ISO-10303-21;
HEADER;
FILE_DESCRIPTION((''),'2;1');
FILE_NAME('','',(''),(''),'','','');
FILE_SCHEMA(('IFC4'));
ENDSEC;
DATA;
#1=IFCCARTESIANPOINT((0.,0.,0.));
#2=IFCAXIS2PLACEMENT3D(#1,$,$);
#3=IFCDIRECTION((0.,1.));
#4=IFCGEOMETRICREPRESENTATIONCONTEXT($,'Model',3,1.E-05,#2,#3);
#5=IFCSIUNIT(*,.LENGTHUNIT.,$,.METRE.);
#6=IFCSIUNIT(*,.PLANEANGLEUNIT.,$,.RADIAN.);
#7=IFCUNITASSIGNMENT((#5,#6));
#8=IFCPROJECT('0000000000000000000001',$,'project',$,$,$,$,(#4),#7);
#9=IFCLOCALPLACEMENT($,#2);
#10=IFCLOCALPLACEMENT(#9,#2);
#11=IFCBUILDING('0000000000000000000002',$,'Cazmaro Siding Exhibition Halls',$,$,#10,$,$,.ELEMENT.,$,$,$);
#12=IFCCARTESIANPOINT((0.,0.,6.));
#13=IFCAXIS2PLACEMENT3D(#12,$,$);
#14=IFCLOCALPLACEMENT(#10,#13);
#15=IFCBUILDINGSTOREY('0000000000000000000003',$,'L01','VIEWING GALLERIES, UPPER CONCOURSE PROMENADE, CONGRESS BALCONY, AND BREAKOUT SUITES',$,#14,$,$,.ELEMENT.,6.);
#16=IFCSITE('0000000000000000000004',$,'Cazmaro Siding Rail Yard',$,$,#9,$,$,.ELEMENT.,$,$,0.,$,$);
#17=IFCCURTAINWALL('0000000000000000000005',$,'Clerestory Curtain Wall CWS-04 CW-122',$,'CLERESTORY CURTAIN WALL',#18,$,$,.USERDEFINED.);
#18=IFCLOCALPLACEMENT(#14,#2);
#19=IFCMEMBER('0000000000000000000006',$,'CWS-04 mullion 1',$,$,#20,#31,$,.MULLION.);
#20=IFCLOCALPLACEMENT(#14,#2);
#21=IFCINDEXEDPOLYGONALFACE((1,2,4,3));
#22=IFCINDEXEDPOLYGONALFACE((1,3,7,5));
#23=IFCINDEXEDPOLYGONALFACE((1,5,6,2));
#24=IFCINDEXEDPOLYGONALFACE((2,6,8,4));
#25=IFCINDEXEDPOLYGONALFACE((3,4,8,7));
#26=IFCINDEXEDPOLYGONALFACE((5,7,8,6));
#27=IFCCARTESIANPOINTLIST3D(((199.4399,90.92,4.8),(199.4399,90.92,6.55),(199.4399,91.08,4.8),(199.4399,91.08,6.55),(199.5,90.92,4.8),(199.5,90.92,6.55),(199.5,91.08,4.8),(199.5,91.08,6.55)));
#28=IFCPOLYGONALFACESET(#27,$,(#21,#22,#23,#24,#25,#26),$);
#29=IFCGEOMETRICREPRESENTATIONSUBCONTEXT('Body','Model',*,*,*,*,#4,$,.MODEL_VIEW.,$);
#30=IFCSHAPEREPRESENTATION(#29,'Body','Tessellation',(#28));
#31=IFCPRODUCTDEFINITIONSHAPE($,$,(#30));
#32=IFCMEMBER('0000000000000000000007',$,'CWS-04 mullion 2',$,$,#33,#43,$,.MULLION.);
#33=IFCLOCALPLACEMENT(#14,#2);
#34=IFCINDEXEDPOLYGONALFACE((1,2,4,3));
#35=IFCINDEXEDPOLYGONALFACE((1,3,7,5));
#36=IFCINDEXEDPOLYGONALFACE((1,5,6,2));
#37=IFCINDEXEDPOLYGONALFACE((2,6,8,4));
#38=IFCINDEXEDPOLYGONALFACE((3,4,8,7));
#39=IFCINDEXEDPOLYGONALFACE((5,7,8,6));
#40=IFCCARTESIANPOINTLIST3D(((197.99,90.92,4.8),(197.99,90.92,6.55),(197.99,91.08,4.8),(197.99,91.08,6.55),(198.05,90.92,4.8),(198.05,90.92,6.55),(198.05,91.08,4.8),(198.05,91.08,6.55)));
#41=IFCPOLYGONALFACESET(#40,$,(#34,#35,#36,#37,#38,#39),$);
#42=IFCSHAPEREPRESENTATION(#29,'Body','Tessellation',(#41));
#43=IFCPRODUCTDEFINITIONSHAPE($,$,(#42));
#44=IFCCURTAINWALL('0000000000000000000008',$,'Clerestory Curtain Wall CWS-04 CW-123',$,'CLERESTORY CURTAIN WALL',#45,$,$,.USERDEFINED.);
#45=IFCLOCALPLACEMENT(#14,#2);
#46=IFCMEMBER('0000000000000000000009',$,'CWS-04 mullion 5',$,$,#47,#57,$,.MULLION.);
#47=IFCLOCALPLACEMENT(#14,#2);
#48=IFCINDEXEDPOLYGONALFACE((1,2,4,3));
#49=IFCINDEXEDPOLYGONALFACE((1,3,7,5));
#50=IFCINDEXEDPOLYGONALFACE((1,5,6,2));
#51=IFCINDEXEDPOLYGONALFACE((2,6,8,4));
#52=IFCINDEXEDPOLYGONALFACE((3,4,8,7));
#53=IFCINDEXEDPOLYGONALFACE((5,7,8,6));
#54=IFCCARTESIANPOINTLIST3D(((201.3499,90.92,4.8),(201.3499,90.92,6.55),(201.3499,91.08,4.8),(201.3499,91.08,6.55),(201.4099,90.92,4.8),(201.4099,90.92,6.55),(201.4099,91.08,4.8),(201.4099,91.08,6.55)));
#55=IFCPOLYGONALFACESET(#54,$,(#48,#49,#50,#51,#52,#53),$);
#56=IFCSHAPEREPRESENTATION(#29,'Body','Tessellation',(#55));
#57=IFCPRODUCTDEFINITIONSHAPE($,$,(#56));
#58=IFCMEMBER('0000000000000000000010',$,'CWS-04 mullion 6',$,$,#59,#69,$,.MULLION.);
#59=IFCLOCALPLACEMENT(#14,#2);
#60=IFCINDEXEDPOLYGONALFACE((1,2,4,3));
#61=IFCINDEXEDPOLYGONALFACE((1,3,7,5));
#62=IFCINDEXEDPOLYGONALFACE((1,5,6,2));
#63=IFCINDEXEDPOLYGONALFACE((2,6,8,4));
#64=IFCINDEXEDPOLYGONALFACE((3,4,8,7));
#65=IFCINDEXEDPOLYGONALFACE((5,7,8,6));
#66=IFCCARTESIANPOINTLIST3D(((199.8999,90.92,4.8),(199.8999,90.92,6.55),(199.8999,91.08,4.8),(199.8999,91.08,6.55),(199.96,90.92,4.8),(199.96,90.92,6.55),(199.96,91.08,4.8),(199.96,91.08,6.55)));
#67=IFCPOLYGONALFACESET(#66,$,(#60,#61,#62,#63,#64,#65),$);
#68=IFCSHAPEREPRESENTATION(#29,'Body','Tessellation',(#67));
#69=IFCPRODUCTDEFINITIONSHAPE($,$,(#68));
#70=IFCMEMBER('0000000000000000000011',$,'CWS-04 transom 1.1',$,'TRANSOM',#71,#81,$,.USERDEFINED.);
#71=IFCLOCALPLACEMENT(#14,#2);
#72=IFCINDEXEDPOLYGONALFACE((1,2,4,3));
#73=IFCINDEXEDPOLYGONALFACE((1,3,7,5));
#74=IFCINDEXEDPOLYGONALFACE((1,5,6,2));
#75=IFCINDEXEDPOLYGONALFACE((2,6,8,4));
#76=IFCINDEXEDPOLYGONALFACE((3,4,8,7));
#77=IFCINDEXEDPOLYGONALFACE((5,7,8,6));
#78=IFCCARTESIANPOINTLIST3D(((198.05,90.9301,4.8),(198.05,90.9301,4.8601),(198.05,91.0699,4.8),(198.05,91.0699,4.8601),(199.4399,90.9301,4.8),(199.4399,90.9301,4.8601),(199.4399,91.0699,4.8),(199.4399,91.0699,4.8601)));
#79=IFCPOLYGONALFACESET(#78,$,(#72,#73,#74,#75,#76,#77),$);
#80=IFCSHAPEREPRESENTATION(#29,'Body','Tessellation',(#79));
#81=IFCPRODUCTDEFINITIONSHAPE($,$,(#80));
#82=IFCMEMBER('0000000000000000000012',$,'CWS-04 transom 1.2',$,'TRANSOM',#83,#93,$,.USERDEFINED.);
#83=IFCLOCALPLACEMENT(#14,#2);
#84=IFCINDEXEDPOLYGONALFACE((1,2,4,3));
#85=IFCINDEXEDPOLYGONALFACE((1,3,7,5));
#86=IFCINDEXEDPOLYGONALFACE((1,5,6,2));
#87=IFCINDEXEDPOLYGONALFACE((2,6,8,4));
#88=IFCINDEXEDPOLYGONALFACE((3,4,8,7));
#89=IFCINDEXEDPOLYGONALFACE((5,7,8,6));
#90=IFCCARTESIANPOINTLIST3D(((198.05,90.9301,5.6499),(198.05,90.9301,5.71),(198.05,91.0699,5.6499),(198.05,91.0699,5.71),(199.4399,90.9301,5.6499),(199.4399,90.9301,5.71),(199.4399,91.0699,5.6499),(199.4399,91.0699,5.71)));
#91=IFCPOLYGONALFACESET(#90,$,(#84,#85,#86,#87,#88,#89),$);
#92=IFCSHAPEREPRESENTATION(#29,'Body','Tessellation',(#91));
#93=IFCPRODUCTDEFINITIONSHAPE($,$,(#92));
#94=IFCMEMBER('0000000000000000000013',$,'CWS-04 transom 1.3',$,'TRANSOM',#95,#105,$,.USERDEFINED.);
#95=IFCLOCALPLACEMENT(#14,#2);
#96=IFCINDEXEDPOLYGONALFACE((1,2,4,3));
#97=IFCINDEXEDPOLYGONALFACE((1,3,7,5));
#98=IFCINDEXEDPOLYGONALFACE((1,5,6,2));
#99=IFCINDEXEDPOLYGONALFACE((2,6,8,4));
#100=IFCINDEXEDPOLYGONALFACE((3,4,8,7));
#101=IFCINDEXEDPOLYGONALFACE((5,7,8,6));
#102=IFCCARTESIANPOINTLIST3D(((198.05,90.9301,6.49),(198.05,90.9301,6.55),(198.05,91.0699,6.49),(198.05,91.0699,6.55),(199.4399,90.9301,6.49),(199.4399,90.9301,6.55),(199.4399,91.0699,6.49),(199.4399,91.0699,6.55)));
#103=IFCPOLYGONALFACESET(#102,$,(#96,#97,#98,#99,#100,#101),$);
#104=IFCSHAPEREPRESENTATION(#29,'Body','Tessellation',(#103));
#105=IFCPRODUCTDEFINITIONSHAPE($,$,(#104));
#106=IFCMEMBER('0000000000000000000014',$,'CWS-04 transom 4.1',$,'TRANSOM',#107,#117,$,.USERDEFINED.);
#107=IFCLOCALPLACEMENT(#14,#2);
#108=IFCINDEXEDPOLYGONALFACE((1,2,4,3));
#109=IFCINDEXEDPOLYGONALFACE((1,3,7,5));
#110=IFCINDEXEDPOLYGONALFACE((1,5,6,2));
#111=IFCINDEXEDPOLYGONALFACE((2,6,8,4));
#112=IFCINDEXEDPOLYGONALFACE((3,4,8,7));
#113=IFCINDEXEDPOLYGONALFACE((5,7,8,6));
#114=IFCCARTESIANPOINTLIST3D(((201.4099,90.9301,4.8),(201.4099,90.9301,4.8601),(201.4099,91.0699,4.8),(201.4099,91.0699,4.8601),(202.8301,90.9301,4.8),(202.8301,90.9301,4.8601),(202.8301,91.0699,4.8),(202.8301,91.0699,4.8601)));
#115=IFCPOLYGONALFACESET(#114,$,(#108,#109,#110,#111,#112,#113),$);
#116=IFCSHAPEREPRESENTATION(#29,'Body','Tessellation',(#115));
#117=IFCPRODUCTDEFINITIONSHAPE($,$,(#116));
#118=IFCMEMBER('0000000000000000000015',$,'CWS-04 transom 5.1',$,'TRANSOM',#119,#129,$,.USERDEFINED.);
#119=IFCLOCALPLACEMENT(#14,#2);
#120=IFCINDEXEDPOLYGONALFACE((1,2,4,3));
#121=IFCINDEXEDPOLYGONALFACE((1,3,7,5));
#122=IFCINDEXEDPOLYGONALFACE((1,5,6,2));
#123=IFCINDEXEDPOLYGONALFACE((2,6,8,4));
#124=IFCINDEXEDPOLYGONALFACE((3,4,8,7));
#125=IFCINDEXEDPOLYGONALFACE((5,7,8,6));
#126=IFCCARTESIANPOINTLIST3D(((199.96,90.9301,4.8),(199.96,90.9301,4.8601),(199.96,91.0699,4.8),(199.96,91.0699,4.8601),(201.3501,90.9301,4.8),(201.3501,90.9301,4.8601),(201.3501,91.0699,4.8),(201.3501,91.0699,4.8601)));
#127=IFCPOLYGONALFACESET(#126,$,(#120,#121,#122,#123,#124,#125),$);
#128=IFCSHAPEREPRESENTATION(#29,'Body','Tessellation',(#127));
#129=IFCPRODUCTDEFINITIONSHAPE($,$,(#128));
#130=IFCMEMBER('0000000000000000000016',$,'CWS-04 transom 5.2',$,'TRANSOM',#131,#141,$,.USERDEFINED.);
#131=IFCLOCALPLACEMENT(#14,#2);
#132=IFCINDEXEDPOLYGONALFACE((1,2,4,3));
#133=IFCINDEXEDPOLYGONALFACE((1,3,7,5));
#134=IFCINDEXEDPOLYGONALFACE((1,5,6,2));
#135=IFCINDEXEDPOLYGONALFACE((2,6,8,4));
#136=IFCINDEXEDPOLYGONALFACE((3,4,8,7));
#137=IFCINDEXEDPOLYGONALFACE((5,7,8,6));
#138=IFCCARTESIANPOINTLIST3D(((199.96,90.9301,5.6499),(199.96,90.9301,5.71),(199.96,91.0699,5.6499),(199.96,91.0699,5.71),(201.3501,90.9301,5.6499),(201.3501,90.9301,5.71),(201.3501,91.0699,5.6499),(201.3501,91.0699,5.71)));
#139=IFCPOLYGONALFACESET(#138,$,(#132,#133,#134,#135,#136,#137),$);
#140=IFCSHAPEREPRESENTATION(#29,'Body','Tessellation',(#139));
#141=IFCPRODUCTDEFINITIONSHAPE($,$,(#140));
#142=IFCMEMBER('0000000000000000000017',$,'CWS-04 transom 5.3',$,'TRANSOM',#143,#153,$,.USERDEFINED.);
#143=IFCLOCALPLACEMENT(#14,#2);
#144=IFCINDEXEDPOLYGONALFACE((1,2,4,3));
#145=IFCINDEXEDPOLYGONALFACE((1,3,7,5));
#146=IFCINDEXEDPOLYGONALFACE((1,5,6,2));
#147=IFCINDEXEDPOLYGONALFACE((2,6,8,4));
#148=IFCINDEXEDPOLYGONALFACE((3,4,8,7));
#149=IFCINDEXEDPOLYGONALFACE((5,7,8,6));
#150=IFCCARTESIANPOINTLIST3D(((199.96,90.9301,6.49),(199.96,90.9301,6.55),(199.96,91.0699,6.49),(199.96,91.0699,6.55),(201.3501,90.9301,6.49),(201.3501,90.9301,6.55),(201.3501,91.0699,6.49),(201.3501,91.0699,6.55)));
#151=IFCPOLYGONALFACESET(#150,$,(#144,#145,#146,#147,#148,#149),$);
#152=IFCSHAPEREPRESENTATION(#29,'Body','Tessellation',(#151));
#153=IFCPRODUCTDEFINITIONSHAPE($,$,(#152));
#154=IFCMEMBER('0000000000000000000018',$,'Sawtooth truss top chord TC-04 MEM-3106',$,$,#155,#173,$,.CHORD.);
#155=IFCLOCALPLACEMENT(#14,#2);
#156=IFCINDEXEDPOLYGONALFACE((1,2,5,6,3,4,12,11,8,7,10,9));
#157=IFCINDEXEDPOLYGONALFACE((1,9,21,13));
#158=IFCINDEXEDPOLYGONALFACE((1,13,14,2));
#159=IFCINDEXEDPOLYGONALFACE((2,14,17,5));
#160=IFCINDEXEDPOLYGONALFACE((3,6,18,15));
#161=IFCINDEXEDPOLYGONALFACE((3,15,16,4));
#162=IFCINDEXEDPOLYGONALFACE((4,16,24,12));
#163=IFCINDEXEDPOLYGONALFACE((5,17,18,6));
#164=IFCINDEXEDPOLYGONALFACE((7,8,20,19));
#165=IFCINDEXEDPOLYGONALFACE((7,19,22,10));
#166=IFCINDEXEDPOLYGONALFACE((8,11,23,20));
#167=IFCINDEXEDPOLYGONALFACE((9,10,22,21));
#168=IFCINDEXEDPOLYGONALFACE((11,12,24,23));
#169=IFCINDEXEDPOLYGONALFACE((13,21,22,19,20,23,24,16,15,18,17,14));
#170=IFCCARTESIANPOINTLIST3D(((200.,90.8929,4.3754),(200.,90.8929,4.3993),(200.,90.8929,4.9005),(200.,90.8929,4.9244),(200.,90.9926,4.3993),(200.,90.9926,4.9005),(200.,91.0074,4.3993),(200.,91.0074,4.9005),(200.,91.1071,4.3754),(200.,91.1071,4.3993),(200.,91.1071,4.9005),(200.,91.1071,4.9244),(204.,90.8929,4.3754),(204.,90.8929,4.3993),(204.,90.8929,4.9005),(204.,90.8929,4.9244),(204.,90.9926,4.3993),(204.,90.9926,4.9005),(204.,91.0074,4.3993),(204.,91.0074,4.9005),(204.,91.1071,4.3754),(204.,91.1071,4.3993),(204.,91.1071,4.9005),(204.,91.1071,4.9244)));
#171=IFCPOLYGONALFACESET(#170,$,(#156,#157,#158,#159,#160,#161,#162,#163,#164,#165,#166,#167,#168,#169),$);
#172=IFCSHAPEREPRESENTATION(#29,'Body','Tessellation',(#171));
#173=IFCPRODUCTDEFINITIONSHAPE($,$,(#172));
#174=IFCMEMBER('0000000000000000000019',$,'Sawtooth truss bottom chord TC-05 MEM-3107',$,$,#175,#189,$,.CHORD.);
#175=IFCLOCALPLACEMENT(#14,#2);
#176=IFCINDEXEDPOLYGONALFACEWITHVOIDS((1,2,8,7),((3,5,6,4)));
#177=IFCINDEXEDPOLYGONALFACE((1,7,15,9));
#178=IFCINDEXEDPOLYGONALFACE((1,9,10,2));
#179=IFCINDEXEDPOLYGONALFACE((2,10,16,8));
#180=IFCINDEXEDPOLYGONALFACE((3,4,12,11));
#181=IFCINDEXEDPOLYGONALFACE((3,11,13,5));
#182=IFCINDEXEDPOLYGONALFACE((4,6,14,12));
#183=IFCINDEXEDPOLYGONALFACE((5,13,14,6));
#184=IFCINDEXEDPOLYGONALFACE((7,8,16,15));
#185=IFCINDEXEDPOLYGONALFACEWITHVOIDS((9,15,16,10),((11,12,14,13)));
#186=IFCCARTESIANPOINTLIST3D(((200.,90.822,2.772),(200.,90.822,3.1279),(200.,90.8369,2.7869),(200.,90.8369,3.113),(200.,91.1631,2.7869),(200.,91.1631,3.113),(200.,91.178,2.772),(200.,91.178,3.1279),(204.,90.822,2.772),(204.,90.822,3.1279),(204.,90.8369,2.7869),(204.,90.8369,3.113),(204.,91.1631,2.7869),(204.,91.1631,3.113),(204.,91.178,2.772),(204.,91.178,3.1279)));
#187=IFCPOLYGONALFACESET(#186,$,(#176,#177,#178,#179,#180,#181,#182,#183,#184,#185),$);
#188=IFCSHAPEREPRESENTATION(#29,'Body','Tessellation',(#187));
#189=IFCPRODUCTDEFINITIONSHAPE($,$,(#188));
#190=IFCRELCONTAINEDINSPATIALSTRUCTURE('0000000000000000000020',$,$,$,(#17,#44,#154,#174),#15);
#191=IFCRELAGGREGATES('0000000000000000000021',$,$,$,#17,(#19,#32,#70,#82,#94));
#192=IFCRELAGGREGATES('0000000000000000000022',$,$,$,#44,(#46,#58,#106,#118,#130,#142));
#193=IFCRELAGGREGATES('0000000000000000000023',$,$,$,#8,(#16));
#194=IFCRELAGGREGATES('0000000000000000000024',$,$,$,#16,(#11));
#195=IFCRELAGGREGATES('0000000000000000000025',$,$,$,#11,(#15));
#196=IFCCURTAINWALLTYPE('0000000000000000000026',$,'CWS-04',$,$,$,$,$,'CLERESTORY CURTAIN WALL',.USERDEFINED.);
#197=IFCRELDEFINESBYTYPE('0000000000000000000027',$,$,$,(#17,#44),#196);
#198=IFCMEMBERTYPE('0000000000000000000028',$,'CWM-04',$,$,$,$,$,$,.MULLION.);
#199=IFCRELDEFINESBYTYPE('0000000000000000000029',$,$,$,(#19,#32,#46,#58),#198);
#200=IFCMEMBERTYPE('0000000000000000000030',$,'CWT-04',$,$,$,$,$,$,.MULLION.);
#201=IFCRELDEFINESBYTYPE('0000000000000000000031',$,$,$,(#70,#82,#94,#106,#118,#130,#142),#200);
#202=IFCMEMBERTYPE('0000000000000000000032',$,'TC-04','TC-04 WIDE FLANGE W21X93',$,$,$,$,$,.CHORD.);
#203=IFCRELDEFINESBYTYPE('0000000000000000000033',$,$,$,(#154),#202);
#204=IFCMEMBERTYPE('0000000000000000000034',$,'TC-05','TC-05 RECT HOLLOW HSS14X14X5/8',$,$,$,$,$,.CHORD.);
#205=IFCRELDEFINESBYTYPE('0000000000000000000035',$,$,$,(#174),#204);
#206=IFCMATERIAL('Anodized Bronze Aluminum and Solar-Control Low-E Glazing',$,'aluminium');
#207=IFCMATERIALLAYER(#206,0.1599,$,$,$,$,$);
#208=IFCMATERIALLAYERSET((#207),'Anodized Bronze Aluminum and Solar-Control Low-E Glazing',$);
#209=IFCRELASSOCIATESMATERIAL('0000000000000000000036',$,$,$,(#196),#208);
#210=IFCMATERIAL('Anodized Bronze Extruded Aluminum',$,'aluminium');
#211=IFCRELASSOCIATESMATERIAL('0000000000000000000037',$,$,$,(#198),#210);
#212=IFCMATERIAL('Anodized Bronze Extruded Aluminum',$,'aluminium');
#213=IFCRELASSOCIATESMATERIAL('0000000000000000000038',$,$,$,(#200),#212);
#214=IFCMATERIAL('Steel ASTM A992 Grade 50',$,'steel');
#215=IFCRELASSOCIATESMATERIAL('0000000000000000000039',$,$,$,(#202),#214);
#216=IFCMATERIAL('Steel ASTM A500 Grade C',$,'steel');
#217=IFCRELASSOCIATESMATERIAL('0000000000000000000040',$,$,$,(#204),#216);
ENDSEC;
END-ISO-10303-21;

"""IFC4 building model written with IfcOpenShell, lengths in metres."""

from ifc_helpers import new_model, si_unit, direction, frame, origin, origin_2d, place, context, subcontext, project, spatial, rectangle, hollow_rectangle, i_section, extrude, material, layer, layer_set, material_profile, profile_set, type_object, element, aggregate, save


model = new_model("IFC4")

# Units and contexts
model_context = context("Model", 3, precision=1e-05, world=origin(), true_north=direction((0.0, 1.0)))
body_context = subcontext(model_context, "Body", "Model", "MODEL_VIEW")
ifc_project = project(units=[si_unit("LENGTHUNIT", "METRE"), si_unit("PLANEANGLEUNIT", "RADIAN")], contexts=[model_context])

# Site, building, storey
site_placement = place(None, origin())
site = spatial("IfcSite", under=ifc_project, at=site_placement, Name="Cazmaro Siding Rail Yard", CompositionType="ELEMENT", RefElevation=0.0)
building_placement = place(site_placement, origin())
building = spatial("IfcBuilding", under=site, at=building_placement, Name="Cazmaro Siding Exhibition Halls", CompositionType="ELEMENT")
storey_placement = place(building_placement, frame((0.0, 0.0, 6.0)))
storey = spatial("IfcBuildingStorey", under=building, at=storey_placement, Name="L01", Description="VIEWING GALLERIES, UPPER CONCOURSE PROMENADE, CONGRESS BALCONY, AND BREAKOUT SUITES", CompositionType="ELEMENT", Elevation=6.0)

# Curtain walls, members
ifc_material_1 = material(Name="Anodized Bronze Aluminum and Solar-Control Low-E Glazing", Category="aluminium")
ifc_layer_1 = layer(ifc_material_1, 0.1599)
ifc_layer_set_1 = layer_set([ifc_layer_1], Name="Anodized Bronze Aluminum and Solar-Control Low-E Glazing")
curtain_wall_type = type_object("IfcCurtainWallType", Name="CWS-04", ElementType="CLERESTORY CURTAIN WALL", PredefinedType="USERDEFINED", material=ifc_layer_set_1)
curtain_wall_1_placement = place(storey_placement, origin())
curtain_wall_1 = element("IfcCurtainWall", 1, at=curtain_wall_1_placement, inside=storey, type_object=curtain_wall_type, Name="Clerestory Curtain Wall CWS-04 CW-122", ObjectType="CLERESTORY CURTAIN WALL", PredefinedType="USERDEFINED")
ifc_material_2 = material(Name="Anodized Bronze Extruded Aluminum", Category="aluminium")
ifc_material_profile_1 = material_profile(ifc_material_2, rectangle(XDim=0.1599, YDim=0.0601, at=origin_2d()), Name="CWM-04")
ifc_profile_set_1 = profile_set([ifc_material_profile_1], Name="Anodized Bronze Extruded Aluminum")
member_type_1 = type_object("IfcMemberType", Name="CWM-04", PredefinedType="MULLION", material=ifc_profile_set_1)
member_1_placement = place(storey_placement, frame((199.47, 91.0, 4.8), z_axis=(0.0, 0.0, 1.0), x_axis=(0.0, -1.0, 0.0)))
member_1 = element("IfcMember", 2, at=member_1_placement, type_object=member_type_1, Name="CWS-04 mullion 1", PredefinedType="MULLION", context=body_context, shape_type="SweptSolid", body=[
    extrude(rectangle(XDim=0.1599, YDim=0.0601, at=origin_2d()), origin(), (0.0, 0.0, 1.0), 1.75),
])
member_2_placement = place(storey_placement, frame((198.02, 91.0, 4.8), z_axis=(0.0, 0.0, 1.0), x_axis=(0.0, -1.0, 0.0)))
member_2 = element("IfcMember", 3, at=member_2_placement, type_object=member_type_1, Name="CWS-04 mullion 2", PredefinedType="MULLION", context=body_context, shape_type="SweptSolid", body=[
    extrude(rectangle(XDim=0.1599, YDim=0.0601, at=origin_2d()), origin(), (0.0, 0.0, 1.0), 1.75),
])
curtain_wall_2_placement = place(storey_placement, origin())
curtain_wall_2 = element("IfcCurtainWall", 4, at=curtain_wall_2_placement, inside=storey, type_object=curtain_wall_type, Name="Clerestory Curtain Wall CWS-04 CW-123", ObjectType="CLERESTORY CURTAIN WALL", PredefinedType="USERDEFINED")
member_3_placement = place(storey_placement, frame((201.3799, 91.0, 4.8), z_axis=(0.0, 0.0, 1.0), x_axis=(0.0, -1.0, 0.0)))
member_3 = element("IfcMember", 5, at=member_3_placement, type_object=member_type_1, Name="CWS-04 mullion 5", PredefinedType="MULLION", context=body_context, shape_type="SweptSolid", body=[
    extrude(rectangle(XDim=0.1599, YDim=0.0601, at=origin_2d()), origin(), (0.0, 0.0, 1.0), 1.75),
])
member_4_placement = place(storey_placement, frame((199.9299, 91.0, 4.8), z_axis=(0.0, 0.0, 1.0), x_axis=(0.0, -1.0, 0.0)))
member_4 = element("IfcMember", 6, at=member_4_placement, type_object=member_type_1, Name="CWS-04 mullion 6", PredefinedType="MULLION", context=body_context, shape_type="SweptSolid", body=[
    extrude(rectangle(XDim=0.1599, YDim=0.0601, at=origin_2d()), origin(), (0.0, 0.0, 1.0), 1.75),
])

# Members
ifc_material_3 = material(Name="Anodized Bronze Extruded Aluminum", Category="aluminium")
ifc_material_profile_2 = material_profile(ifc_material_3, rectangle(XDim=0.1399, YDim=0.0601, at=origin_2d()), Name="CWT-04")
ifc_profile_set_2 = profile_set([ifc_material_profile_2], Name="Anodized Bronze Extruded Aluminum")
member_type_2 = type_object("IfcMemberType", Name="CWT-04", PredefinedType="MULLION", material=ifc_profile_set_2)
member_5_placement = place(storey_placement, frame((199.4399, 91.0, 4.8301), z_axis=(-1.0, 0.0, 0.0), x_axis=(0.0, -1.0, 0.0)))
member_5 = element("IfcMember", 7, at=member_5_placement, type_object=member_type_2, Name="CWS-04 transom 1.1", ObjectType="TRANSOM", PredefinedType="USERDEFINED", context=body_context, shape_type="SweptSolid", body=[
    extrude(rectangle(XDim=0.1399, YDim=0.0601, at=origin_2d()), origin(), (0.0, 0.0, 1.0), 1.3899),
])
member_6_placement = place(storey_placement, frame((199.4399, 91.0, 5.6799), z_axis=(-1.0, 0.0, 0.0), x_axis=(0.0, -1.0, 0.0)))
member_6 = element("IfcMember", 8, at=member_6_placement, type_object=member_type_2, Name="CWS-04 transom 1.2", ObjectType="TRANSOM", PredefinedType="USERDEFINED", context=body_context, shape_type="SweptSolid", body=[
    extrude(rectangle(XDim=0.1399, YDim=0.0601, at=origin_2d()), origin(), (0.0, 0.0, 1.0), 1.3899),
])
member_7_placement = place(storey_placement, frame((199.4399, 91.0, 6.52), z_axis=(-1.0, 0.0, 0.0), x_axis=(0.0, -1.0, 0.0)))
member_7 = element("IfcMember", 9, at=member_7_placement, type_object=member_type_2, Name="CWS-04 transom 1.3", ObjectType="TRANSOM", PredefinedType="USERDEFINED", context=body_context, shape_type="SweptSolid", body=[
    extrude(rectangle(XDim=0.1399, YDim=0.0601, at=origin_2d()), origin(), (0.0, 0.0, 1.0), 1.3899),
])
member_8_placement = place(storey_placement, frame((202.8301, 91.0, 4.8301), z_axis=(-1.0, 0.0, 0.0), x_axis=(0.0, -1.0, 0.0)))
member_8 = element("IfcMember", 10, at=member_8_placement, type_object=member_type_2, Name="CWS-04 transom 4.1", ObjectType="TRANSOM", PredefinedType="USERDEFINED", context=body_context, shape_type="SweptSolid", body=[
    extrude(rectangle(XDim=0.1399, YDim=0.0601, at=origin_2d()), origin(), (0.0, 0.0, 1.0), 1.4202),
])
member_9_placement = place(storey_placement, frame((201.3501, 91.0, 4.8301), z_axis=(-1.0, 0.0, 0.0), x_axis=(0.0, -1.0, 0.0)))
member_9 = element("IfcMember", 11, at=member_9_placement, type_object=member_type_2, Name="CWS-04 transom 5.1", ObjectType="TRANSOM", PredefinedType="USERDEFINED", context=body_context, shape_type="SweptSolid", body=[
    extrude(rectangle(XDim=0.1399, YDim=0.0601, at=origin_2d()), origin(), (0.0, 0.0, 1.0), 1.3901),
])
member_10_placement = place(storey_placement, frame((201.3501, 91.0, 5.6799), z_axis=(-1.0, 0.0, 0.0), x_axis=(0.0, -1.0, 0.0)))
member_10 = element("IfcMember", 12, at=member_10_placement, type_object=member_type_2, Name="CWS-04 transom 5.2", ObjectType="TRANSOM", PredefinedType="USERDEFINED", context=body_context, shape_type="SweptSolid", body=[
    extrude(rectangle(XDim=0.1399, YDim=0.0601, at=origin_2d()), origin(), (0.0, 0.0, 1.0), 1.3901),
])
member_11_placement = place(storey_placement, frame((201.3501, 91.0, 6.52), z_axis=(-1.0, 0.0, 0.0), x_axis=(0.0, -1.0, 0.0)))
member_11 = element("IfcMember", 13, at=member_11_placement, type_object=member_type_2, Name="CWS-04 transom 5.3", ObjectType="TRANSOM", PredefinedType="USERDEFINED", context=body_context, shape_type="SweptSolid", body=[
    extrude(rectangle(XDim=0.1399, YDim=0.0601, at=origin_2d()), origin(), (0.0, 0.0, 1.0), 1.3901),
])

# Members
ifc_material_4 = material(Name="Steel ASTM A992 Grade 50", Category="steel")
ifc_material_profile_3 = material_profile(ifc_material_4, i_section(OverallWidth=0.2141, OverallDepth=0.5491, WebThickness=0.0149, FlangeThickness=0.0239, at=origin_2d()), Name="W21X93")
ifc_profile_set_3 = profile_set([ifc_material_profile_3], Name="Steel ASTM A992 Grade 50")
member_type_3 = type_object("IfcMemberType", Name="TC-04", Description="TC-04 WIDE FLANGE W21X93", PredefinedType="CHORD", material=ifc_profile_set_3)
member_12_placement = place(storey_placement, frame((200.0, 91.0, 4.6499), z_axis=(1.0, 0.0, 0.0), x_axis=(0.0, 1.0, 0.0)))
element("IfcMember", 14, at=member_12_placement, inside=storey, type_object=member_type_3, Name="Sawtooth truss top chord TC-04 MEM-3106", PredefinedType="CHORD", context=body_context, shape_type="SweptSolid", body=[
    extrude(i_section(OverallWidth=0.2141, OverallDepth=0.5491, WebThickness=0.0149, FlangeThickness=0.0239, at=origin_2d()), origin(), (0.0, 0.0, 1.0), 4.0),
])
ifc_material_5 = material(Name="Steel ASTM A500 Grade C", Category="steel")
ifc_material_profile_4 = material_profile(ifc_material_5, hollow_rectangle(XDim=0.356, YDim=0.356, WallThickness=0.0149, at=origin_2d()), Name="HSS14X14X5/8")
ifc_profile_set_4 = profile_set([ifc_material_profile_4], Name="Steel ASTM A500 Grade C")
member_type_4 = type_object("IfcMemberType", Name="TC-05", Description="TC-05 RECT HOLLOW HSS14X14X5/8", PredefinedType="CHORD", material=ifc_profile_set_4)
member_13_placement = place(storey_placement, frame((200.0, 91.0, 2.95), z_axis=(1.0, 0.0, 0.0), x_axis=(0.0, 1.0, 0.0)))
element("IfcMember", 15, at=member_13_placement, inside=storey, type_object=member_type_4, Name="Sawtooth truss bottom chord TC-05 MEM-3107", PredefinedType="CHORD", context=body_context, shape_type="SweptSolid", body=[
    extrude(hollow_rectangle(XDim=0.356, YDim=0.356, WallThickness=0.0149, at=origin_2d()), origin(), (0.0, 0.0, 1.0), 4.0),
])

aggregate(curtain_wall_1, [member_1, member_2, member_5, member_6, member_7])
aggregate(curtain_wall_2, [member_3, member_4, member_8, member_9, member_10, member_11])

save(model, "model.ifc")
